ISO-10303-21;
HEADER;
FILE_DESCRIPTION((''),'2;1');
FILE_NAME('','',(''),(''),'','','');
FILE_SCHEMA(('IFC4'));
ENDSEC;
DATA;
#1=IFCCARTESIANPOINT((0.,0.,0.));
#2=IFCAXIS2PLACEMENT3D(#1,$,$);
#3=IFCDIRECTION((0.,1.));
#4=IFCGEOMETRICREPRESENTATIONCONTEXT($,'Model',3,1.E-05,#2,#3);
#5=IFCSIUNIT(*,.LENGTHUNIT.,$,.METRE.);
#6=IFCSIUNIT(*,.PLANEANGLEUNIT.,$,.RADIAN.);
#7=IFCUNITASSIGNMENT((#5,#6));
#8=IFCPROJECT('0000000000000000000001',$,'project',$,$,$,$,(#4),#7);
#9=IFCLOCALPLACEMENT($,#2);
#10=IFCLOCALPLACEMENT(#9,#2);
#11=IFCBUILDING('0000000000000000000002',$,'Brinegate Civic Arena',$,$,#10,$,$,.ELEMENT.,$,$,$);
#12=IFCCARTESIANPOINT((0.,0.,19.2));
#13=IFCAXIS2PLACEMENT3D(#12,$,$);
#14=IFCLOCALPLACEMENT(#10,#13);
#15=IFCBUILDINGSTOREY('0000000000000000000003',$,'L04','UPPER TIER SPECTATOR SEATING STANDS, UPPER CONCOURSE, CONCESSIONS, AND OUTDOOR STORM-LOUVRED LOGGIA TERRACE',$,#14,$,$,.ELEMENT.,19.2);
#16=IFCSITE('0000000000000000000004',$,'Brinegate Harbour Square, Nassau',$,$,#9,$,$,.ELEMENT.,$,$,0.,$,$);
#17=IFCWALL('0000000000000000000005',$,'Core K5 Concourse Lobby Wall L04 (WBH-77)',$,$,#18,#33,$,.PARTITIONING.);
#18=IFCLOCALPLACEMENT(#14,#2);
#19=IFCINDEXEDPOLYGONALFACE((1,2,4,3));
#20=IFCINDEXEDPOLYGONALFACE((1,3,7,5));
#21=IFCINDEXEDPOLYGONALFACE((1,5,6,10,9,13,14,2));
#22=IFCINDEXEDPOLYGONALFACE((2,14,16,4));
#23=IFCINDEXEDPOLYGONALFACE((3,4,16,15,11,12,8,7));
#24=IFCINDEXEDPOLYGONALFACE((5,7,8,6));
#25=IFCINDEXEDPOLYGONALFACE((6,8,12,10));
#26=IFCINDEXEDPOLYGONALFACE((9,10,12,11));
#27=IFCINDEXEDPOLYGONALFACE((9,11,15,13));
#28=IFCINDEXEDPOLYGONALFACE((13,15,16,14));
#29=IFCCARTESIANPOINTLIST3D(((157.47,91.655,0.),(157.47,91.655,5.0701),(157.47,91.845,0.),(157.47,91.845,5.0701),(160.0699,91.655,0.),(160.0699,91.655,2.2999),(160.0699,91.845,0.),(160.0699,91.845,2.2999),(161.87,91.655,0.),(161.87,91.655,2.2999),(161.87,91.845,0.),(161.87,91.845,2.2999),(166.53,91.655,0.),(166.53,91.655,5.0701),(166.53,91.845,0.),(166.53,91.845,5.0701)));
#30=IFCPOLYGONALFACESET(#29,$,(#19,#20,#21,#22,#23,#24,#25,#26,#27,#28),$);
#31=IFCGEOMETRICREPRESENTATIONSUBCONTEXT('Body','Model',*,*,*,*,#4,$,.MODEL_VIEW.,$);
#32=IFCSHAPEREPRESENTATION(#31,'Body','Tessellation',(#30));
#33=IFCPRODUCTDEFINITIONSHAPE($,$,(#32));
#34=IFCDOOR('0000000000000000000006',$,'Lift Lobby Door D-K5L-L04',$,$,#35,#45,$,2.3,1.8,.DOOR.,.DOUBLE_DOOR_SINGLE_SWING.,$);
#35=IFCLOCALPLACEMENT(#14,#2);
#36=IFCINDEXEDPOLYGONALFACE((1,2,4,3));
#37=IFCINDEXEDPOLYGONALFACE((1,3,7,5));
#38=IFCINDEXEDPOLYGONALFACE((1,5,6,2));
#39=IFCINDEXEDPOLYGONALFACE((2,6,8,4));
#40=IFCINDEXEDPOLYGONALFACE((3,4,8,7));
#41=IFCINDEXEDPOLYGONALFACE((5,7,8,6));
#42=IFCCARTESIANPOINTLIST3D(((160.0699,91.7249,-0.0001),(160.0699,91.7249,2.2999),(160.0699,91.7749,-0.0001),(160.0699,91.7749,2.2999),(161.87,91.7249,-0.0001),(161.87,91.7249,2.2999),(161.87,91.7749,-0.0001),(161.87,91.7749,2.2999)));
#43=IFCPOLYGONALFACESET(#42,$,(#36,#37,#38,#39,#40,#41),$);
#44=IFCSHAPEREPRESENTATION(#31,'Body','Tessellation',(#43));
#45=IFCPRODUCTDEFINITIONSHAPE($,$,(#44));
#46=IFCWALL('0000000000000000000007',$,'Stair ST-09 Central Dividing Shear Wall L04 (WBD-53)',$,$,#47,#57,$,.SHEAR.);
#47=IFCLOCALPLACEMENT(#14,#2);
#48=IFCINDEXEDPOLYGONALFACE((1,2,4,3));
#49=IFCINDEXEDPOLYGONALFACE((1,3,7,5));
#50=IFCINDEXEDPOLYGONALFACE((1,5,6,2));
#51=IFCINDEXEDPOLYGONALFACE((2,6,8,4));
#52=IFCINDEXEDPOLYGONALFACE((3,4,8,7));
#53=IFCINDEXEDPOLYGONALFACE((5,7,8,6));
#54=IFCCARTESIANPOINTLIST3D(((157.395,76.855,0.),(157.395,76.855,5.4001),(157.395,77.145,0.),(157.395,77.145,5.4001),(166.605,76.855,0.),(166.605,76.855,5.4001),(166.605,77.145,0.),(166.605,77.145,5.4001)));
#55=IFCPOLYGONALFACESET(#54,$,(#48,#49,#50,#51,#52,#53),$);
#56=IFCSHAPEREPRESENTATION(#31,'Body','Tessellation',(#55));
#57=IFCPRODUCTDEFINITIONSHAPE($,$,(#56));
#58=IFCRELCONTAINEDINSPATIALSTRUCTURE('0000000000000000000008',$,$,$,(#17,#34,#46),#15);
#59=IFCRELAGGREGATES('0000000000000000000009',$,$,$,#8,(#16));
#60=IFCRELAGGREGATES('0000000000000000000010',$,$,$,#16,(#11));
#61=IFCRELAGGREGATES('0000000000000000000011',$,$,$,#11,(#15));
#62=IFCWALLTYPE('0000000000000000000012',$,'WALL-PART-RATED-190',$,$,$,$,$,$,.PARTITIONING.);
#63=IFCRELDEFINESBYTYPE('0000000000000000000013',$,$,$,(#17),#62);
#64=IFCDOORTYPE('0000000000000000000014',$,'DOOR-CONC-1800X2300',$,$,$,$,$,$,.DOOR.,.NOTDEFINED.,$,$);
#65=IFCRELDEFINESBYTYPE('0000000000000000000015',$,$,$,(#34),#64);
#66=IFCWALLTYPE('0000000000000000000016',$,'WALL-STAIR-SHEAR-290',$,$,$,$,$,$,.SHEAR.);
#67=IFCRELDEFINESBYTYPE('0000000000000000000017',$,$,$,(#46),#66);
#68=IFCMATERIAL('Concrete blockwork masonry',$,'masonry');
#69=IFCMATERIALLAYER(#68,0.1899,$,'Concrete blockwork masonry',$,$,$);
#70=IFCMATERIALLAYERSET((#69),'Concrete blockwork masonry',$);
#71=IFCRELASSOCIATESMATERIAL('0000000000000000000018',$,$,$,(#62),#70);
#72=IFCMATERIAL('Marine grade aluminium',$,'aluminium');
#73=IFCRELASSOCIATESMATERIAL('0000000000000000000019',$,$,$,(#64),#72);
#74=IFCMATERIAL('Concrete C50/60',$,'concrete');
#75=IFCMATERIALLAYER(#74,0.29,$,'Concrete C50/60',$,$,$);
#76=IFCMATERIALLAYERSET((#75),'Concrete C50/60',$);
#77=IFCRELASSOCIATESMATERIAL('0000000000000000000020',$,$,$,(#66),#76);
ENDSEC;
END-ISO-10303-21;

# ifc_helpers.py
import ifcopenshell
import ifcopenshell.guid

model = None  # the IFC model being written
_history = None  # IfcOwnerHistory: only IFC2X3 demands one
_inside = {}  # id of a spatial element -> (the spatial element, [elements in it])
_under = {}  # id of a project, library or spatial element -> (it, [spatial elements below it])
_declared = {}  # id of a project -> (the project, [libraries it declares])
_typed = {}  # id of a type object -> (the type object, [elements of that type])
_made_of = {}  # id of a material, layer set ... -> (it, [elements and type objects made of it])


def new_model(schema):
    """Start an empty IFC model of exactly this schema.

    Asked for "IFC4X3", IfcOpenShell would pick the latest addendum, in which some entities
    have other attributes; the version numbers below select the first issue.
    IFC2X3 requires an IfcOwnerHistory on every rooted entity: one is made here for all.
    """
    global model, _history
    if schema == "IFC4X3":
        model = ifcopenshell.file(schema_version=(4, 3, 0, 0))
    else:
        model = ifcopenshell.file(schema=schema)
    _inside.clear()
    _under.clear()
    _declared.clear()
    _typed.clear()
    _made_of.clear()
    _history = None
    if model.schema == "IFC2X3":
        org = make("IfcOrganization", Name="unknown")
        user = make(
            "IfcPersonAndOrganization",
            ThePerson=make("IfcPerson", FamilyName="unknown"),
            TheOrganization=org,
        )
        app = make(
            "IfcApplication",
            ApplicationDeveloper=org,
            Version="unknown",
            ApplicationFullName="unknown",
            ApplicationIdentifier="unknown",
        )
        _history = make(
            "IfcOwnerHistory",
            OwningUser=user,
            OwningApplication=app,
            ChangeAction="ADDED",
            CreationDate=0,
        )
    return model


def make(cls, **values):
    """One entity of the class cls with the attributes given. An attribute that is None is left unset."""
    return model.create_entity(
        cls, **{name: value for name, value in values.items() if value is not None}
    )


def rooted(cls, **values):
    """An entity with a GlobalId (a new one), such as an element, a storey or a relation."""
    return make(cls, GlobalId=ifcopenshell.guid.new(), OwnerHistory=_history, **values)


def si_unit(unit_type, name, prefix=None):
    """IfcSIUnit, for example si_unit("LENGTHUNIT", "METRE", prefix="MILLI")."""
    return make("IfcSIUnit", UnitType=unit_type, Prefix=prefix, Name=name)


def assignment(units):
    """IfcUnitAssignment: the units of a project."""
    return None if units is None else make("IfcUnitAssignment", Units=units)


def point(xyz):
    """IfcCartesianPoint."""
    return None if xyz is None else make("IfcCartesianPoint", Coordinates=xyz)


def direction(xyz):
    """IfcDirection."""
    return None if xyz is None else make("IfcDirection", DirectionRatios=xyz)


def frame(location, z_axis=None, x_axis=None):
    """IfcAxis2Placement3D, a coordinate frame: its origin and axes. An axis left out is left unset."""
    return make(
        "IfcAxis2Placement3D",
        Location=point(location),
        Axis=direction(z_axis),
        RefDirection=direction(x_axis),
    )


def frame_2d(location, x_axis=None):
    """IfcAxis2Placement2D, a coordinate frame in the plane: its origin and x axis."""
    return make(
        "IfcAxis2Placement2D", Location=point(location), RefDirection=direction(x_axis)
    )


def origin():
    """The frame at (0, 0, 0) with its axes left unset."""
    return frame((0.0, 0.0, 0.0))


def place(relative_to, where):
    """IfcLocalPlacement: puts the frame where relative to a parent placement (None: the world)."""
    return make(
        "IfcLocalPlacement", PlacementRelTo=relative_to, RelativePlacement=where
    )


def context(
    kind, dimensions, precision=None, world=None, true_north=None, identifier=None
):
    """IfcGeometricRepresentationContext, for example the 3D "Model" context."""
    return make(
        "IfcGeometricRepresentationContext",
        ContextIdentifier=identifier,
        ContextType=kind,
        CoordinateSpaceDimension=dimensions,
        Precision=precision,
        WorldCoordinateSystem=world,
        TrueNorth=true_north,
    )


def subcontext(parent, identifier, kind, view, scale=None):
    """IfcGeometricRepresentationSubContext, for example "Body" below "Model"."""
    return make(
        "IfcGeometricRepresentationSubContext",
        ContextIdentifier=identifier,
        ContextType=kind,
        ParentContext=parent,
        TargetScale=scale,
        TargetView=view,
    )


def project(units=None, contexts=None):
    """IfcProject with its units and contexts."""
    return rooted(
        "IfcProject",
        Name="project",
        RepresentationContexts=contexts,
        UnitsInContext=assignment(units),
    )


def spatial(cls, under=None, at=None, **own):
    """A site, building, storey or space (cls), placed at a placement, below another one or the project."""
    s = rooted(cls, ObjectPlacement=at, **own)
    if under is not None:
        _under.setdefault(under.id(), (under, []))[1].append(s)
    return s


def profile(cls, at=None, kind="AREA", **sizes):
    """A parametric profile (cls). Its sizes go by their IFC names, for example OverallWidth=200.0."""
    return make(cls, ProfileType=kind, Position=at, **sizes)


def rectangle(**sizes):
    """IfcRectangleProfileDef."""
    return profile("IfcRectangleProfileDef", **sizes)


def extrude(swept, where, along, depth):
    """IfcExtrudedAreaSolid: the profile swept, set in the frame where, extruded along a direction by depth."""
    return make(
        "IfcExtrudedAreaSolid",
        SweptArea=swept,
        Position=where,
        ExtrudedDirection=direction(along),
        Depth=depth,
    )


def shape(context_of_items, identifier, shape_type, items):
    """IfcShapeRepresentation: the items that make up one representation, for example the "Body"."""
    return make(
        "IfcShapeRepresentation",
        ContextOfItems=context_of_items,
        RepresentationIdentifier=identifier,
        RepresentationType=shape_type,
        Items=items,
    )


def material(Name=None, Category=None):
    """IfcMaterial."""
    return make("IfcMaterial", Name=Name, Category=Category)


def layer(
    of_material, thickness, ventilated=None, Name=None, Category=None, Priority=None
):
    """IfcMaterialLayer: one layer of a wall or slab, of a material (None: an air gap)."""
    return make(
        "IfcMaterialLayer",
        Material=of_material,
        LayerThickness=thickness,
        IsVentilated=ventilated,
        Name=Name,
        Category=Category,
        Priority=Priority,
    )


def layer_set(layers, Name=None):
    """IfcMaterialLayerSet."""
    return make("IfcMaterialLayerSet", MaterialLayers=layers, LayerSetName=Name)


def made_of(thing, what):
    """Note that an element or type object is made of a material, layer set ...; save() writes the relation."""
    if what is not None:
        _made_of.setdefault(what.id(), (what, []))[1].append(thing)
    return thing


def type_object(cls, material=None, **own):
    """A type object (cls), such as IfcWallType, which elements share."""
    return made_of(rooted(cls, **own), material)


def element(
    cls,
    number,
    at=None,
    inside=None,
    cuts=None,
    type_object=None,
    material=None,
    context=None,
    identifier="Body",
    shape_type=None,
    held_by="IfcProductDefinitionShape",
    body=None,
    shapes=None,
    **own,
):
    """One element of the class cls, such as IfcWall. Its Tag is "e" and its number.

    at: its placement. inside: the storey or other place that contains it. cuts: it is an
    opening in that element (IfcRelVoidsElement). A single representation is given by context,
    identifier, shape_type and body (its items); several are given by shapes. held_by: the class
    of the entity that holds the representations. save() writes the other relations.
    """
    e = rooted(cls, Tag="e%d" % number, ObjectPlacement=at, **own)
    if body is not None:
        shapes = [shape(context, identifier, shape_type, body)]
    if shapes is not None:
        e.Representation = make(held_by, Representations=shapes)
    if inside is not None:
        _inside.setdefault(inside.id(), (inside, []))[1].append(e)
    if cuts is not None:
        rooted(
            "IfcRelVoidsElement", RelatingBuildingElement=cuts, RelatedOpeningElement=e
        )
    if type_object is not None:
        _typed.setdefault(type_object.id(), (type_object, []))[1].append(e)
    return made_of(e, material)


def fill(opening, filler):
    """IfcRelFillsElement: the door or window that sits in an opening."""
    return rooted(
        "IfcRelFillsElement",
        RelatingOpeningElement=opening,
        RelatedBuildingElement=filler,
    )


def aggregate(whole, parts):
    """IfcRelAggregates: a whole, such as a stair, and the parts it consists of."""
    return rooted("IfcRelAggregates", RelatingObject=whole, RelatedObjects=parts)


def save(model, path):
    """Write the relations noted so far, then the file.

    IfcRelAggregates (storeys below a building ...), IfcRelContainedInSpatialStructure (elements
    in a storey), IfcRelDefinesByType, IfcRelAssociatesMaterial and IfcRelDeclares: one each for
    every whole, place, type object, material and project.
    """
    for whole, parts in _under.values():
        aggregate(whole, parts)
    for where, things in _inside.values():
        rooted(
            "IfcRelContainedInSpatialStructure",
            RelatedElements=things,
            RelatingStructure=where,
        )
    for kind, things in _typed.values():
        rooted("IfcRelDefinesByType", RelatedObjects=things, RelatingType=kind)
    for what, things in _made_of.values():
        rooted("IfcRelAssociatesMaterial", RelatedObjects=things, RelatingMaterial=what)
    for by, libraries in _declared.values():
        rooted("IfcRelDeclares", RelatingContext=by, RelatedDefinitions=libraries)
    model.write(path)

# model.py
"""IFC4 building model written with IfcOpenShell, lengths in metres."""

from ifc_helpers import new_model, si_unit, direction, frame, frame_2d, origin, place, context, subcontext, project, spatial, rectangle, extrude, material, layer, layer_set, type_object, element, fill, save


model = new_model("IFC4")

# Units and contexts
model_context = context("Model", 3, precision=1e-05, world=origin(), true_north=direction((0.0, 1.0)))
body_context = subcontext(model_context, "Body", "Model", "MODEL_VIEW")
ifc_project = project(units=[si_unit("LENGTHUNIT", "METRE"), si_unit("PLANEANGLEUNIT", "RADIAN")], contexts=[model_context])

# Site, building, storey
site_placement = place(None, origin())
site = spatial("IfcSite", under=ifc_project, at=site_placement, Name="Brinegate Harbour Square, Nassau", CompositionType="ELEMENT", RefElevation=0.0)
building_placement = place(site_placement, origin())
building = spatial("IfcBuilding", under=site, at=building_placement, Name="Brinegate Civic Arena", CompositionType="ELEMENT")
storey_placement = place(building_placement, frame((0.0, 0.0, 19.2)))
storey = spatial("IfcBuildingStorey", under=building, at=storey_placement, Name="L04", Description="UPPER TIER SPECTATOR SEATING STANDS, UPPER CONCOURSE, CONCESSIONS, AND OUTDOOR STORM-LOUVRED LOGGIA TERRACE", CompositionType="ELEMENT", Elevation=19.2)

# Shared definitions
ifc_material_1 = material(Name="Concrete C50/60", Category="concrete")

# Wall, opening, door
ifc_material_2 = material(Name="Concrete blockwork masonry", Category="masonry")
ifc_layer_1 = layer(ifc_material_2, 0.1899, Name="Concrete blockwork masonry")
ifc_layer_set_1 = layer_set([ifc_layer_1], Name="Concrete blockwork masonry")
wall_type_1 = type_object("IfcWallType", Name="WALL-PART-RATED-190", PredefinedType="PARTITIONING", material=ifc_layer_set_1)
wall_1_placement = place(storey_placement, frame((157.47, 91.75, 0.0), z_axis=(0.0, 0.0, 1.0), x_axis=(1.0, 0.0, 0.0)))
wall_1 = element("IfcWall", 1, at=wall_1_placement, inside=storey, type_object=wall_type_1, Name="Core K5 Concourse Lobby Wall L04 (WBH-77)", PredefinedType="PARTITIONING", context=body_context, shape_type="SweptSolid", body=[
    extrude(rectangle(XDim=9.0601, YDim=0.1899, at=frame_2d((4.53, 0.0))), origin(), (0.0, 0.0, 1.0), 5.0701),
])
opening_1_placement = place(wall_1_placement, frame((2.6001, 0.0, 0.0)))
opening_1 = element("IfcOpeningElement", 2, at=opening_1_placement, cuts=wall_1, PredefinedType="OPENING", context=body_context, shape_type="SweptSolid", body=[
    extrude(rectangle(XDim=1.8, YDim=2.3, at=frame_2d((0.8999, 1.1499))), frame((0.0, 0.105, 0.0), z_axis=(0.0, -1.0, 0.0), x_axis=(1.0, 0.0, 0.0)), (0.0, 0.0, 1.0), 0.21),
])
ifc_material_3 = material(Name="Marine grade aluminium", Category="aluminium")
door_type_1 = type_object("IfcDoorType", Name="DOOR-CONC-1800X2300", OperationType="NOTDEFINED", PredefinedType="DOOR", material=ifc_material_3)
door_1_placement = place(opening_1_placement, origin())
door_1 = element("IfcDoor", 3, at=door_1_placement, inside=storey, type_object=door_type_1, Name="Lift Lobby Door D-K5L-L04", OperationType="DOUBLE_DOOR_SINGLE_SWING", OverallHeight=2.3, OverallWidth=1.8, PredefinedType="DOOR", context=body_context, shape_type="SweptSolid", body=[
    extrude(rectangle(XDim=1.8, YDim=2.3, at=frame_2d((0.8999, 1.1499))), frame((0.0, 0.0249, 0.0), z_axis=(0.0, -1.0, 0.0), x_axis=(1.0, 0.0, 0.0)), (0.0, 0.0, 1.0), 0.05),
])
fill(opening_1, door_1)

# Wall
ifc_layer_2 = layer(ifc_material_1, 0.29, Name="Concrete C50/60")
ifc_layer_set_2 = layer_set([ifc_layer_2], Name="Concrete C50/60")
wall_type_2 = type_object("IfcWallType", Name="WALL-STAIR-SHEAR-290", PredefinedType="SHEAR", material=ifc_layer_set_2)
wall_2_placement = place(storey_placement, frame((157.395, 77.0, 0.0), z_axis=(0.0, 0.0, 1.0), x_axis=(1.0, 0.0, 0.0)))
element("IfcWall", 4, at=wall_2_placement, inside=storey, type_object=wall_type_2, Name="Stair ST-09 Central Dividing Shear Wall L04 (WBD-53)", PredefinedType="SHEAR", context=body_context, shape_type="SweptSolid", body=[
    extrude(rectangle(XDim=9.21, YDim=0.29, at=frame_2d((4.605, 0.0))), origin(), (0.0, 0.0, 1.0), 5.4001),
])

save(model, "model.ifc")
